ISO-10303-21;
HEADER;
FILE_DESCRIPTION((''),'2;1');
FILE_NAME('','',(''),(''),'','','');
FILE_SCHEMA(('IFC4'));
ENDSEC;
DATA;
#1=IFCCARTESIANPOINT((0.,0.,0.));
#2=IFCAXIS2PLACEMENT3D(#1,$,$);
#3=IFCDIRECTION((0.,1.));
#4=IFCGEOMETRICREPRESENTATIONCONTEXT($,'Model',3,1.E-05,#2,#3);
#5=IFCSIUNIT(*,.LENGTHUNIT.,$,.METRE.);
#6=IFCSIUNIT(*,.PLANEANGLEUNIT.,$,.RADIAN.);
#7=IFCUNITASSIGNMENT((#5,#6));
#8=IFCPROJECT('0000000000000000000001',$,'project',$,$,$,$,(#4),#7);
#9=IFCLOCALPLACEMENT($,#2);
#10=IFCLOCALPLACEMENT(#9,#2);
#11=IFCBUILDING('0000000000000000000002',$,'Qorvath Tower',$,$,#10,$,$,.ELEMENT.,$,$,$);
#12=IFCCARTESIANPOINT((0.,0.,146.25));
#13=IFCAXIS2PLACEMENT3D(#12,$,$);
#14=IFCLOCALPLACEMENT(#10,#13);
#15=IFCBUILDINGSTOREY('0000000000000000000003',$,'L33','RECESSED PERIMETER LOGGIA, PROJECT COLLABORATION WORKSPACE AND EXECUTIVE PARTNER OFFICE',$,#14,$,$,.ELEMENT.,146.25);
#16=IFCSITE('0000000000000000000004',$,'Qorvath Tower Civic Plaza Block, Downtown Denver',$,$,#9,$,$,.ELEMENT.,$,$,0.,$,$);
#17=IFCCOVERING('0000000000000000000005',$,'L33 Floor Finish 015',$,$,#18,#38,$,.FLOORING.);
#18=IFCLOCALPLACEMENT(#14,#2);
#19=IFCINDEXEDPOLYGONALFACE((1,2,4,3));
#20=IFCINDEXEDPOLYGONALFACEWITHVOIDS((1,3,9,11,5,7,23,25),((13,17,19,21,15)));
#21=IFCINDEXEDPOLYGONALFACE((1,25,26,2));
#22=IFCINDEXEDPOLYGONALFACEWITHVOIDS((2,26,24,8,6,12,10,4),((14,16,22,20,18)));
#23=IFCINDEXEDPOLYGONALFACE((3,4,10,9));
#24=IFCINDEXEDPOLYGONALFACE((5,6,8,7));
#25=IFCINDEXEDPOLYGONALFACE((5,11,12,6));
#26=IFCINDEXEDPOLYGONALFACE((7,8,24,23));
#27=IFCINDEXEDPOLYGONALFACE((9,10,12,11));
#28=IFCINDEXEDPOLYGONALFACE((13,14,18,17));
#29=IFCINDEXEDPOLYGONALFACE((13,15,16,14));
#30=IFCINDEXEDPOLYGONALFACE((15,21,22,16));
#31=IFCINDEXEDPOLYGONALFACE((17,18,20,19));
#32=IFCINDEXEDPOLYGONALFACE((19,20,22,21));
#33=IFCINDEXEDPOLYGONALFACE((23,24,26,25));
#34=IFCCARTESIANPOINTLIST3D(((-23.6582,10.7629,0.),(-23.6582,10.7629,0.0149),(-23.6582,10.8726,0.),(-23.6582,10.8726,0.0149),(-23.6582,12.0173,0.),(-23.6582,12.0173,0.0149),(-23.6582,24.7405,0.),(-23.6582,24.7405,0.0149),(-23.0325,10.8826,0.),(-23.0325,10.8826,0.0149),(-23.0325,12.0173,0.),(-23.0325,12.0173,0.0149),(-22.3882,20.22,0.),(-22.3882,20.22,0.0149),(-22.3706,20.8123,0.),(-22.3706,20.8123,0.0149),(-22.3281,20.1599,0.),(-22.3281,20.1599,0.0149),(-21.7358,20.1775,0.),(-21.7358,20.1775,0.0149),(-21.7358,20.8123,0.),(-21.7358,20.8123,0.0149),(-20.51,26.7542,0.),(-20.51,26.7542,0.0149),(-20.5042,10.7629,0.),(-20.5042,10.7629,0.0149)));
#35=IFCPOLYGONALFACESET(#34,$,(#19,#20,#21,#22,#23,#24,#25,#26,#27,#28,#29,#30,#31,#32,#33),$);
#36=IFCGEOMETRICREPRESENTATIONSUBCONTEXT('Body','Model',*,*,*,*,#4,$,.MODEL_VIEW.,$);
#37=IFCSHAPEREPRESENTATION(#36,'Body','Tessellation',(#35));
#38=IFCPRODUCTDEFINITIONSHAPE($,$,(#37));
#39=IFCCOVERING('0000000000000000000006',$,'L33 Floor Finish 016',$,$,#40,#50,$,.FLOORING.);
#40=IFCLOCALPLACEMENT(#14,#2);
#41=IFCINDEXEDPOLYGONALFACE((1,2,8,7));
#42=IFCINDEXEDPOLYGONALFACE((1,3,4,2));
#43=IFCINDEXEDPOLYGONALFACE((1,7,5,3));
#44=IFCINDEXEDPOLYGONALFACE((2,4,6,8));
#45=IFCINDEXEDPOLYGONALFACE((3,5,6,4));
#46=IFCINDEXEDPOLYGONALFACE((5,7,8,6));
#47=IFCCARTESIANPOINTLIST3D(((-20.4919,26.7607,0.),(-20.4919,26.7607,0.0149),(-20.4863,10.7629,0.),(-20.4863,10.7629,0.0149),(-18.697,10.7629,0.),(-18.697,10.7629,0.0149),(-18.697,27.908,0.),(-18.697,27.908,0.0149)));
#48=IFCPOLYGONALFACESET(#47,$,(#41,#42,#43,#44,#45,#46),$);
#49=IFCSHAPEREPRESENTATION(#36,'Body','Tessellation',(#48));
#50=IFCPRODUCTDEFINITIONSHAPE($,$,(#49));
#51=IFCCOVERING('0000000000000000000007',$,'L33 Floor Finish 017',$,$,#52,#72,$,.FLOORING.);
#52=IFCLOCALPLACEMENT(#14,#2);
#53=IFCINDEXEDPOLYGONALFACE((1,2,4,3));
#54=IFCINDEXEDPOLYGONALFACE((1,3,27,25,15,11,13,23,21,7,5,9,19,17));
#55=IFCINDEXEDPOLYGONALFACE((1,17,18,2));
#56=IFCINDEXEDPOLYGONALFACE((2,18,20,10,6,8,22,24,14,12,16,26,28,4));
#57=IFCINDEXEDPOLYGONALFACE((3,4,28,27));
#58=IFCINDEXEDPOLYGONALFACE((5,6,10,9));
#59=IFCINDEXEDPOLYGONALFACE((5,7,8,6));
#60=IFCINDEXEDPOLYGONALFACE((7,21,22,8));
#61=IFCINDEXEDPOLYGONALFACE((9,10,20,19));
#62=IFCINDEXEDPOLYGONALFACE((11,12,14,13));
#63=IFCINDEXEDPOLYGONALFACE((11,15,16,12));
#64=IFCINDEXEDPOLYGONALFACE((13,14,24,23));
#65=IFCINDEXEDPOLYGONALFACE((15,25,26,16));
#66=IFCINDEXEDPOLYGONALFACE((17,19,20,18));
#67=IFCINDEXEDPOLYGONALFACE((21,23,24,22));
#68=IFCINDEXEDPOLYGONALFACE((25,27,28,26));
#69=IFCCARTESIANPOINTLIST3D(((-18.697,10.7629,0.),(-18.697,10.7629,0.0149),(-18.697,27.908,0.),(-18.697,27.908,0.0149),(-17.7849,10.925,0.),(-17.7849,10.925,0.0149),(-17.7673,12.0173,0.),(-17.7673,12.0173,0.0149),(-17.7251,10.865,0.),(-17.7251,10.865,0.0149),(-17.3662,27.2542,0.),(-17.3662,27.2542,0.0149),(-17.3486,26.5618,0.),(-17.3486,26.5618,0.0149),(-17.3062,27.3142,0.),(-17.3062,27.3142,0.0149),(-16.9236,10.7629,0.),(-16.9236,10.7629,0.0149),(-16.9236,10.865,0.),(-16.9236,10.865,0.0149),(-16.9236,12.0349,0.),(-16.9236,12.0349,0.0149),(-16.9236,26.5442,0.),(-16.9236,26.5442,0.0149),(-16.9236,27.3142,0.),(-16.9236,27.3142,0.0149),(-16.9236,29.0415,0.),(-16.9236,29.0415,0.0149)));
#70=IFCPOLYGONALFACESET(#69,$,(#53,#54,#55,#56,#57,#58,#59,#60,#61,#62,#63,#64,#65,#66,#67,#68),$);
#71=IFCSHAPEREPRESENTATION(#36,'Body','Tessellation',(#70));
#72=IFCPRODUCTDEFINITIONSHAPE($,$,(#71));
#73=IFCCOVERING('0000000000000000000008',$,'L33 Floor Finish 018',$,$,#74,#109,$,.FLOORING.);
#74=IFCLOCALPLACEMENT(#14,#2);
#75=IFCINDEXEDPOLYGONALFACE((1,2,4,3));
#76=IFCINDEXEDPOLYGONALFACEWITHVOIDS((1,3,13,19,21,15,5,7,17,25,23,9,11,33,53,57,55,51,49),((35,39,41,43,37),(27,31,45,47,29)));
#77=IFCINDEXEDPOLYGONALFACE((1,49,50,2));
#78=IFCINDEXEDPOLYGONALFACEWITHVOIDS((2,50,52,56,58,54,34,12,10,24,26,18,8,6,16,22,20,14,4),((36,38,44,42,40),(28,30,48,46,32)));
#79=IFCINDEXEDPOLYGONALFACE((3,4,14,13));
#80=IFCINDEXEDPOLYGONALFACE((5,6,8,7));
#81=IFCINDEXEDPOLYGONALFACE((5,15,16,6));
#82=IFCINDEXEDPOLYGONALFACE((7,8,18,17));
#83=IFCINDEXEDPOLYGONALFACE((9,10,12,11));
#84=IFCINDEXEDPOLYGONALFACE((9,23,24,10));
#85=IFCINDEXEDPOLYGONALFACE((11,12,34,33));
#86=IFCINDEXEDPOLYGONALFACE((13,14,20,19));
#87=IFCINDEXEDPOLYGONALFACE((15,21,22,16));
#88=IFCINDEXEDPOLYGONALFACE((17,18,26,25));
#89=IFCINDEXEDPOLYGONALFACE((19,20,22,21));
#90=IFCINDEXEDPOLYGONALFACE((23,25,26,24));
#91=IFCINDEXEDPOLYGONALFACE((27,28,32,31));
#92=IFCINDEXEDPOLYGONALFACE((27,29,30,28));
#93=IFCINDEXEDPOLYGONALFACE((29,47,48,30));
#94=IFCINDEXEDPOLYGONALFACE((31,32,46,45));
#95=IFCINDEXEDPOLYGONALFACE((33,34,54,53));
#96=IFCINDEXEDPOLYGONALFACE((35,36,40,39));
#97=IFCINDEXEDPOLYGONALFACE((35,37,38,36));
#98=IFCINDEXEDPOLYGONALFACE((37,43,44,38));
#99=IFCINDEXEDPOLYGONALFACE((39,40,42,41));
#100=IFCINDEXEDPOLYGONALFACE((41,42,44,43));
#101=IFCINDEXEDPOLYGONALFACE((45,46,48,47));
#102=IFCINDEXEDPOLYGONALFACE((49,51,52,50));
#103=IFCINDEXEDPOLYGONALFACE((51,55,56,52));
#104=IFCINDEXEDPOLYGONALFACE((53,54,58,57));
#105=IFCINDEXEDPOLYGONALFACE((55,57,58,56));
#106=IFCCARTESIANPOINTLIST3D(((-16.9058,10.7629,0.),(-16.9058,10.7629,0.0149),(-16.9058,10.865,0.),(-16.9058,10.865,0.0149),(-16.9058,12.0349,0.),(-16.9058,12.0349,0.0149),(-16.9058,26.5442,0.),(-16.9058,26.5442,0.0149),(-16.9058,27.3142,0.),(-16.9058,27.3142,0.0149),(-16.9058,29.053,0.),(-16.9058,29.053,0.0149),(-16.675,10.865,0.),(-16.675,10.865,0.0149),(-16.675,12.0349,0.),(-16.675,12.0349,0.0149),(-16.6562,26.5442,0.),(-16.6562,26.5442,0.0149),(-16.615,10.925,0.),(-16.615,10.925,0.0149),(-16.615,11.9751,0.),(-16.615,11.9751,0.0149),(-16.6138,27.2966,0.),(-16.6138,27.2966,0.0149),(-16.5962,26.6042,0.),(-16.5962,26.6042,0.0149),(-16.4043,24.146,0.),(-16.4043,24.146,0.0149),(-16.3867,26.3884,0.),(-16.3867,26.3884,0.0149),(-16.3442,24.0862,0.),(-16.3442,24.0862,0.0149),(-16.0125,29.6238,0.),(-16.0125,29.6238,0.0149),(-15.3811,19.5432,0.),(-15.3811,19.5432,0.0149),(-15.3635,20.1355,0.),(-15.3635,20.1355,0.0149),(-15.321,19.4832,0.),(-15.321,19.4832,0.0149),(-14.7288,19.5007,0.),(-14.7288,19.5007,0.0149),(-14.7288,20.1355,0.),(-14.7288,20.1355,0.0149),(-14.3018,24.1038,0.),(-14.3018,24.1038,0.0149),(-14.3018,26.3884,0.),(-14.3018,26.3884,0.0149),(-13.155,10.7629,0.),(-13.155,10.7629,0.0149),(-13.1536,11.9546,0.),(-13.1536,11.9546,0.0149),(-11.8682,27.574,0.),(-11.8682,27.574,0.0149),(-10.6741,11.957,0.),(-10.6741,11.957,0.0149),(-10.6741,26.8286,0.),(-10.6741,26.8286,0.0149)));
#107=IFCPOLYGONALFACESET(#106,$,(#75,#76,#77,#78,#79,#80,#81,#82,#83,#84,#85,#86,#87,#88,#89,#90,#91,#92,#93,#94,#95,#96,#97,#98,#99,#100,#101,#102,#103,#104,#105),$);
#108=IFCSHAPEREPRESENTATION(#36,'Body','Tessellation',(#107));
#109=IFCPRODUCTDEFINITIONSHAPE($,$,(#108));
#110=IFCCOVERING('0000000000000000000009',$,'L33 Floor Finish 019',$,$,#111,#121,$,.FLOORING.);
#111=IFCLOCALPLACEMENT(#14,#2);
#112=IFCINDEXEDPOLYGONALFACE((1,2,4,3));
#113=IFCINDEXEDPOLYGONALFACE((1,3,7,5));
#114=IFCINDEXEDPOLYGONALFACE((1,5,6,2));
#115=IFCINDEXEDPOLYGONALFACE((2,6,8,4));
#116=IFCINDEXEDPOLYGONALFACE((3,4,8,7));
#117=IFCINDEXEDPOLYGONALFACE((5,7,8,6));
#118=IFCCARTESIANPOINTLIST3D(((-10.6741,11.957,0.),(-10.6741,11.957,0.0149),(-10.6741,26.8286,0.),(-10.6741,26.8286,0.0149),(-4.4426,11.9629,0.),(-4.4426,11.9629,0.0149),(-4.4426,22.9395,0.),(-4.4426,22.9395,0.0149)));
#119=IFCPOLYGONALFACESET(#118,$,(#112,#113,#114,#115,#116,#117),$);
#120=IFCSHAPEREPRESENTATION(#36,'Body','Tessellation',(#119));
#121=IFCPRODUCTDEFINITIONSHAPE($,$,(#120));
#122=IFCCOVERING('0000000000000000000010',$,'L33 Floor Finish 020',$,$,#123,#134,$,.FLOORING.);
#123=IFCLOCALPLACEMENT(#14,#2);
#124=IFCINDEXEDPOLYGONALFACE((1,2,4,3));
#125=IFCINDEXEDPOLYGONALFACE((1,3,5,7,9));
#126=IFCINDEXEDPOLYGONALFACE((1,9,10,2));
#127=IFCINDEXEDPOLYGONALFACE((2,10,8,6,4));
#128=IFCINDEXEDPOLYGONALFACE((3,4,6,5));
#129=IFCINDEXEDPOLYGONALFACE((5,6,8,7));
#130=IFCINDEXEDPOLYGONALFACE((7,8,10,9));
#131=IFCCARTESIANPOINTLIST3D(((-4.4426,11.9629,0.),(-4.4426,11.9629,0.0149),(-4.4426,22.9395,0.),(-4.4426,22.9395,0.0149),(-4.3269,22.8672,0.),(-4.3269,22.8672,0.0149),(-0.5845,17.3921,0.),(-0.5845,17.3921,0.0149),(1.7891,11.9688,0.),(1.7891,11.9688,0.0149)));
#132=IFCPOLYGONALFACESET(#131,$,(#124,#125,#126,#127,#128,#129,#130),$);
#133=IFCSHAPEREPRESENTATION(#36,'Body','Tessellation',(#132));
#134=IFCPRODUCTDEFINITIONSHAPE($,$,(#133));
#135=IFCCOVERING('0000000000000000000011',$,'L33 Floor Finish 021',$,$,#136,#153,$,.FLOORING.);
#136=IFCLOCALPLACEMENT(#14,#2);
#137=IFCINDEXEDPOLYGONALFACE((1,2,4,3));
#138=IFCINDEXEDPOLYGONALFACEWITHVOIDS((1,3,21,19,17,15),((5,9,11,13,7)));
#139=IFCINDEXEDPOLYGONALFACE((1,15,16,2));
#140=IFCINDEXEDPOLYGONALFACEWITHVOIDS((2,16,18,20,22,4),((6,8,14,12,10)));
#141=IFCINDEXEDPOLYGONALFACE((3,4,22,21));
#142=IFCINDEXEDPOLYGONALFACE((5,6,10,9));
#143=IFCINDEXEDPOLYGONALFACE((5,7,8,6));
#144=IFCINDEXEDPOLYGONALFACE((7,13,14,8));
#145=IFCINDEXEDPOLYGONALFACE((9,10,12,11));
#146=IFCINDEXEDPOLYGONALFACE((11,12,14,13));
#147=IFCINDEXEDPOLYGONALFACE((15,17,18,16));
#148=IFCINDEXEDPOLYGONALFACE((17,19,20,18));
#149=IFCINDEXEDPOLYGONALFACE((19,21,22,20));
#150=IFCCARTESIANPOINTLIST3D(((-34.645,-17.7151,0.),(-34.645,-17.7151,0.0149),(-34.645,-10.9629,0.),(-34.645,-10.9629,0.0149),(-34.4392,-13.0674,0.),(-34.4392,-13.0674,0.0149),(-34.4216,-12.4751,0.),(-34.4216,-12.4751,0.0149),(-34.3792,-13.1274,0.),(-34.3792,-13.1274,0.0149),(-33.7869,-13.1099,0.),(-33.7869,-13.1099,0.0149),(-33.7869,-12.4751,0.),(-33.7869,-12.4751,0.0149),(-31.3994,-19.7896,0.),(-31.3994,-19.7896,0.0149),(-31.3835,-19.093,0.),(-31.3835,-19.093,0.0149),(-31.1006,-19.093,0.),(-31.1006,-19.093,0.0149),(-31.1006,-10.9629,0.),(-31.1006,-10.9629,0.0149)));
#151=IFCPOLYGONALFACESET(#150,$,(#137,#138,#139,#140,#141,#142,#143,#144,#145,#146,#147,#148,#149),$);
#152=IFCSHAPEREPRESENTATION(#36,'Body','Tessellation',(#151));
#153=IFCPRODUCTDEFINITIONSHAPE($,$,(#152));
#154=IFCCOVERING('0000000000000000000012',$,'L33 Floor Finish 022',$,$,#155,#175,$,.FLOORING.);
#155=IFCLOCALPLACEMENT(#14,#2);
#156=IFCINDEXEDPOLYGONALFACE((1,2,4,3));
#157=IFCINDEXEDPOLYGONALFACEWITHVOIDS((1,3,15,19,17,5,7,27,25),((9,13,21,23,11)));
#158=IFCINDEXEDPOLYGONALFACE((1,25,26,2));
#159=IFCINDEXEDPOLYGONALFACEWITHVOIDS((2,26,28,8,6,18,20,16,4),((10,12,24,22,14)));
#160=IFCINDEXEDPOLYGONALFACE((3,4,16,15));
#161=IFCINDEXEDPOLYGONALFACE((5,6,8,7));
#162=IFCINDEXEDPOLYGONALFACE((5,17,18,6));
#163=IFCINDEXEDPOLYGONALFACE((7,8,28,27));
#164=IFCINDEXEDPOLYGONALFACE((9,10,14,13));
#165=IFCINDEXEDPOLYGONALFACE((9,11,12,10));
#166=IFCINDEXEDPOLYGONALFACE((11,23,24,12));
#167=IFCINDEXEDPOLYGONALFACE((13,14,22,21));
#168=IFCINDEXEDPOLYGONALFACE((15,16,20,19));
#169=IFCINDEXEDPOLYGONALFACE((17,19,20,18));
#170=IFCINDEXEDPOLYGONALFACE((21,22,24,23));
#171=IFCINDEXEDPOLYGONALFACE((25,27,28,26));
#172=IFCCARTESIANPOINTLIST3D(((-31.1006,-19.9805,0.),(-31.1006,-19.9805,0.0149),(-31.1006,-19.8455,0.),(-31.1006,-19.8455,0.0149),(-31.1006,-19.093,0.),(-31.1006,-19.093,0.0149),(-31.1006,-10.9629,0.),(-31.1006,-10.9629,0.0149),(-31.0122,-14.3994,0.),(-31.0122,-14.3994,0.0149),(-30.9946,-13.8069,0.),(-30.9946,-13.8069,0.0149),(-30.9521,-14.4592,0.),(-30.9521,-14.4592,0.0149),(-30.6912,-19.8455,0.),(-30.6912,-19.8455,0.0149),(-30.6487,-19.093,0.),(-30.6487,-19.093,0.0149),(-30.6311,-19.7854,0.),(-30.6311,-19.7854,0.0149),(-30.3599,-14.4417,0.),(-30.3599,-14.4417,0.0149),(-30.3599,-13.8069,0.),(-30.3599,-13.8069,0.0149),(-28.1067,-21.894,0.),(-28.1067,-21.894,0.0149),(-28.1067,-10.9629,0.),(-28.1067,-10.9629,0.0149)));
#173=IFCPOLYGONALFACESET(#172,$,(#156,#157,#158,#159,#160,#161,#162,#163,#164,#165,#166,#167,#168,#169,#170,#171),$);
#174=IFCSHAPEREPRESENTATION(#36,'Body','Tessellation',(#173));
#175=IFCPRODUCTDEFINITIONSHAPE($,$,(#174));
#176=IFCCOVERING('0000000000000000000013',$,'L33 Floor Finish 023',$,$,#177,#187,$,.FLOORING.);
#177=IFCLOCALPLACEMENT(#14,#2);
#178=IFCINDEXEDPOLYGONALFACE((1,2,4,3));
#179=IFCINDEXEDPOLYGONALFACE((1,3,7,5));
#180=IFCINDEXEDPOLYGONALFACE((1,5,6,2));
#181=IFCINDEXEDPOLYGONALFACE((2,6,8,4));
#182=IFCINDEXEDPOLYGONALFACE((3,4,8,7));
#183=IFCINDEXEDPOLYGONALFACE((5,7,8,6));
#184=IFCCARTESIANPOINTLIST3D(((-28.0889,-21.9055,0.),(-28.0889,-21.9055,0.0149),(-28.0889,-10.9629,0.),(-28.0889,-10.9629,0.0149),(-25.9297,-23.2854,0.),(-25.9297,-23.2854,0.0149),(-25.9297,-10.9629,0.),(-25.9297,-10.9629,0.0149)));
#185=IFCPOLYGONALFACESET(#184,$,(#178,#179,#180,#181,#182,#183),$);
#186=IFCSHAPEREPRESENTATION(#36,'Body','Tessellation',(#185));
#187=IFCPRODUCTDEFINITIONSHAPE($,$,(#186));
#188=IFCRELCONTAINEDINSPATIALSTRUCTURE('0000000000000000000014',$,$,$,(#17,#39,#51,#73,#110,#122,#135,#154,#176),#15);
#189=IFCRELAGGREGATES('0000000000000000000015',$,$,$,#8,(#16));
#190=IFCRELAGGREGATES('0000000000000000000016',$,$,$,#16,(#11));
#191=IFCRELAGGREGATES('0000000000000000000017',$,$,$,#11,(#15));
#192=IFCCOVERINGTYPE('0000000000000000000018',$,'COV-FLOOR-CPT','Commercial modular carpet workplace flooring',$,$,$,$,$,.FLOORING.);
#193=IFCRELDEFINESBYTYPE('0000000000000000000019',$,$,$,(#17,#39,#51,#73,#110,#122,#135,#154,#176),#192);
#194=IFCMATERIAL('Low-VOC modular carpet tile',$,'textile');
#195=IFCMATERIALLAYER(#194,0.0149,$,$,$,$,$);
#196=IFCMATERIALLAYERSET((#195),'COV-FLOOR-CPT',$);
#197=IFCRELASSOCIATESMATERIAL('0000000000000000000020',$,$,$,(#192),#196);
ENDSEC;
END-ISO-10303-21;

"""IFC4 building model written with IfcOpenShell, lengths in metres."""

from ifc_helpers import new_model, si_unit, direction, frame, origin, place, context, subcontext, project, spatial, polyline, outline, extrude, material, layer, layer_set, type_object, element, save


model = new_model("IFC4")

# Units and contexts
model_context = context("Model", 3, precision=1e-05, world=origin(), true_north=direction((0.0, 1.0)))
body_context = subcontext(model_context, "Body", "Model", "MODEL_VIEW")
ifc_project = project(units=[si_unit("LENGTHUNIT", "METRE"), si_unit("PLANEANGLEUNIT", "RADIAN")], contexts=[model_context])

# Site, building, storey
site_placement = place(None, origin())
site = spatial("IfcSite", under=ifc_project, at=site_placement, Name="Qorvath Tower Civic Plaza Block, Downtown Denver", CompositionType="ELEMENT", RefElevation=0.0)
building_placement = place(site_placement, origin())
building = spatial("IfcBuilding", under=site, at=building_placement, Name="Qorvath Tower", CompositionType="ELEMENT")
storey_placement = place(building_placement, frame((0.0, 0.0, 146.25)))
storey = spatial("IfcBuildingStorey", under=building, at=storey_placement, Name="L33", Description="RECESSED PERIMETER LOGGIA, PROJECT COLLABORATION WORKSPACE AND EXECUTIVE PARTNER OFFICE", CompositionType="ELEMENT", Elevation=146.25)

# Coverings
ifc_material_1 = material(Name="Low-VOC modular carpet tile", Category="textile")
ifc_layer_1 = layer(ifc_material_1, 0.0149)
ifc_layer_set_1 = layer_set([ifc_layer_1], Name="COV-FLOOR-CPT")
covering_type_1 = type_object("IfcCoveringType", Name="COV-FLOOR-CPT", Description="Commercial modular carpet workplace flooring", PredefinedType="FLOORING", material=ifc_layer_set_1)
covering_1_placement = place(storey_placement, origin())
element("IfcCovering", 1, at=covering_1_placement, inside=storey, type_object=covering_type_1, Name="L33 Floor Finish 015", PredefinedType="FLOORING", context=body_context, shape_type="SweptSolid", body=[
    extrude(outline(polyline([(-20.51, 26.7542), (-23.6582, 24.7405), (-23.6582, 12.0173), (-23.0325, 12.0173), (-23.0325, 10.8826), (-23.6582, 10.8726), (-23.6582, 10.7629), (-20.5042, 10.7629), (-20.51, 26.7542)]), holes=[polyline([(-22.3882, 20.22), (-22.3706, 20.8123), (-21.7358, 20.8123), (-21.7358, 20.1775), (-22.3281, 20.1599), (-22.3882, 20.22)])]), origin(), (0.0, 0.0, 1.0), 0.0149),
])
covering_2_placement = place(storey_placement, origin())
element("IfcCovering", 2, at=covering_2_placement, inside=storey, type_object=covering_type_1, Name="L33 Floor Finish 016", PredefinedType="FLOORING", context=body_context, shape_type="SweptSolid", body=[
    extrude(outline(polyline([(-18.697, 10.7629), (-18.697, 27.908), (-20.4919, 26.7607), (-20.4863, 10.7629), (-18.697, 10.7629)])), origin(), (0.0, 0.0, 1.0), 0.0149),
])
covering_3_placement = place(storey_placement, origin())
element("IfcCovering", 3, at=covering_3_placement, inside=storey, type_object=covering_type_1, Name="L33 Floor Finish 017", PredefinedType="FLOORING", context=body_context, shape_type="SweptSolid", body=[
    extrude(outline(polyline([(-17.3062, 27.3142), (-16.9236, 27.3142), (-16.9236, 29.0415), (-18.697, 27.908), (-18.697, 10.7629), (-16.9236, 10.7629), (-16.9236, 10.865), (-17.7251, 10.865), (-17.7849, 10.925), (-17.7673, 12.0173), (-16.9236, 12.0349), (-16.9236, 26.5442), (-17.3486, 26.5618), (-17.3662, 27.2542), (-17.3062, 27.3142)])), origin(), (0.0, 0.0, 1.0), 0.0149),
])
covering_4_placement = place(storey_placement, origin())
element("IfcCovering", 4, at=covering_4_placement, inside=storey, type_object=covering_type_1, Name="L33 Floor Finish 018", PredefinedType="FLOORING", context=body_context, shape_type="SweptSolid", body=[
    extrude(outline(polyline([(-13.1536, 11.9546), (-10.6741, 11.957), (-10.6741, 26.8286), (-11.8682, 27.574), (-16.0125, 29.6238), (-16.9058, 29.053), (-16.9058, 27.3142), (-16.6138, 27.2966), (-16.5962, 26.6042), (-16.6562, 26.5442), (-16.9058, 26.5442), (-16.9058, 12.0349), (-16.675, 12.0349), (-16.615, 11.9751), (-16.615, 10.925), (-16.675, 10.865), (-16.9058, 10.865), (-16.9058, 10.7629), (-13.155, 10.7629), (-13.1536, 11.9546)]), holes=[polyline([(-16.4043, 24.146), (-16.3867, 26.3884), (-14.3018, 26.3884), (-14.3018, 24.1038), (-16.3442, 24.0862), (-16.4043, 24.146)]), polyline([(-15.3811, 19.5432), (-15.3635, 20.1355), (-14.7288, 20.1355), (-14.7288, 19.5007), (-15.321, 19.4832), (-15.3811, 19.5432)])]), origin(), (0.0, 0.0, 1.0), 0.0149),
])
covering_5_placement = place(storey_placement, origin())
element("IfcCovering", 5, at=covering_5_placement, inside=storey, type_object=covering_type_1, Name="L33 Floor Finish 019", PredefinedType="FLOORING", context=body_context, shape_type="SweptSolid", body=[
    extrude(outline(polyline([(-10.6741, 26.8286), (-10.6741, 11.957), (-4.4426, 11.9629), (-4.4426, 22.9395), (-10.6741, 26.8286)])), origin(), (0.0, 0.0, 1.0), 0.0149),
])
covering_6_placement = place(storey_placement, origin())
element("IfcCovering", 6, at=covering_6_placement, inside=storey, type_object=covering_type_1, Name="L33 Floor Finish 020", PredefinedType="FLOORING", context=body_context, shape_type="SweptSolid", body=[
    extrude(outline(polyline([(-4.4426, 22.9395), (-4.4426, 11.9629), (1.7891, 11.9688), (-0.5845, 17.3921), (-4.3269, 22.8672), (-4.4426, 22.9395)])), origin(), (0.0, 0.0, 1.0), 0.0149),
])
covering_7_placement = place(storey_placement, origin())
element("IfcCovering", 7, at=covering_7_placement, inside=storey, type_object=covering_type_1, Name="L33 Floor Finish 021", PredefinedType="FLOORING", context=body_context, shape_type="SweptSolid", body=[
    extrude(outline(polyline([(-31.1006, -19.093), (-31.1006, -10.9629), (-34.645, -10.9629), (-34.645, -17.7151), (-31.3994, -19.7896), (-31.3835, -19.093), (-31.1006, -19.093)]), holes=[polyline([(-34.4392, -13.0674), (-34.4216, -12.4751), (-33.7869, -12.4751), (-33.7869, -13.1099), (-34.3792, -13.1274), (-34.4392, -13.0674)])]), origin(), (0.0, 0.0, 1.0), 0.0149),
])
covering_8_placement = place(storey_placement, origin())
element("IfcCovering", 8, at=covering_8_placement, inside=storey, type_object=covering_type_1, Name="L33 Floor Finish 022", PredefinedType="FLOORING", context=body_context, shape_type="SweptSolid", body=[
    extrude(outline(polyline([(-30.6912, -19.8455), (-31.1006, -19.8455), (-31.1006, -19.9805), (-28.1067, -21.894), (-28.1067, -10.9629), (-31.1006, -10.9629), (-31.1006, -19.093), (-30.6487, -19.093), (-30.6311, -19.7854), (-30.6912, -19.8455)]), holes=[polyline([(-31.0122, -14.3994), (-30.9946, -13.8069), (-30.3599, -13.8069), (-30.3599, -14.4417), (-30.9521, -14.4592), (-31.0122, -14.3994)])]), origin(), (0.0, 0.0, 1.0), 0.0149),
])
covering_9_placement = place(storey_placement, origin())
element("IfcCovering", 9, at=covering_9_placement, inside=storey, type_object=covering_type_1, Name="L33 Floor Finish 023", PredefinedType="FLOORING", context=body_context, shape_type="SweptSolid", body=[
    extrude(outline(polyline([(-25.9297, -23.2854), (-25.9297, -10.9629), (-28.0889, -10.9629), (-28.0889, -21.9055), (-25.9297, -23.2854)])), origin(), (0.0, 0.0, 1.0), 0.0149),
])

save(model, "model.ifc")
